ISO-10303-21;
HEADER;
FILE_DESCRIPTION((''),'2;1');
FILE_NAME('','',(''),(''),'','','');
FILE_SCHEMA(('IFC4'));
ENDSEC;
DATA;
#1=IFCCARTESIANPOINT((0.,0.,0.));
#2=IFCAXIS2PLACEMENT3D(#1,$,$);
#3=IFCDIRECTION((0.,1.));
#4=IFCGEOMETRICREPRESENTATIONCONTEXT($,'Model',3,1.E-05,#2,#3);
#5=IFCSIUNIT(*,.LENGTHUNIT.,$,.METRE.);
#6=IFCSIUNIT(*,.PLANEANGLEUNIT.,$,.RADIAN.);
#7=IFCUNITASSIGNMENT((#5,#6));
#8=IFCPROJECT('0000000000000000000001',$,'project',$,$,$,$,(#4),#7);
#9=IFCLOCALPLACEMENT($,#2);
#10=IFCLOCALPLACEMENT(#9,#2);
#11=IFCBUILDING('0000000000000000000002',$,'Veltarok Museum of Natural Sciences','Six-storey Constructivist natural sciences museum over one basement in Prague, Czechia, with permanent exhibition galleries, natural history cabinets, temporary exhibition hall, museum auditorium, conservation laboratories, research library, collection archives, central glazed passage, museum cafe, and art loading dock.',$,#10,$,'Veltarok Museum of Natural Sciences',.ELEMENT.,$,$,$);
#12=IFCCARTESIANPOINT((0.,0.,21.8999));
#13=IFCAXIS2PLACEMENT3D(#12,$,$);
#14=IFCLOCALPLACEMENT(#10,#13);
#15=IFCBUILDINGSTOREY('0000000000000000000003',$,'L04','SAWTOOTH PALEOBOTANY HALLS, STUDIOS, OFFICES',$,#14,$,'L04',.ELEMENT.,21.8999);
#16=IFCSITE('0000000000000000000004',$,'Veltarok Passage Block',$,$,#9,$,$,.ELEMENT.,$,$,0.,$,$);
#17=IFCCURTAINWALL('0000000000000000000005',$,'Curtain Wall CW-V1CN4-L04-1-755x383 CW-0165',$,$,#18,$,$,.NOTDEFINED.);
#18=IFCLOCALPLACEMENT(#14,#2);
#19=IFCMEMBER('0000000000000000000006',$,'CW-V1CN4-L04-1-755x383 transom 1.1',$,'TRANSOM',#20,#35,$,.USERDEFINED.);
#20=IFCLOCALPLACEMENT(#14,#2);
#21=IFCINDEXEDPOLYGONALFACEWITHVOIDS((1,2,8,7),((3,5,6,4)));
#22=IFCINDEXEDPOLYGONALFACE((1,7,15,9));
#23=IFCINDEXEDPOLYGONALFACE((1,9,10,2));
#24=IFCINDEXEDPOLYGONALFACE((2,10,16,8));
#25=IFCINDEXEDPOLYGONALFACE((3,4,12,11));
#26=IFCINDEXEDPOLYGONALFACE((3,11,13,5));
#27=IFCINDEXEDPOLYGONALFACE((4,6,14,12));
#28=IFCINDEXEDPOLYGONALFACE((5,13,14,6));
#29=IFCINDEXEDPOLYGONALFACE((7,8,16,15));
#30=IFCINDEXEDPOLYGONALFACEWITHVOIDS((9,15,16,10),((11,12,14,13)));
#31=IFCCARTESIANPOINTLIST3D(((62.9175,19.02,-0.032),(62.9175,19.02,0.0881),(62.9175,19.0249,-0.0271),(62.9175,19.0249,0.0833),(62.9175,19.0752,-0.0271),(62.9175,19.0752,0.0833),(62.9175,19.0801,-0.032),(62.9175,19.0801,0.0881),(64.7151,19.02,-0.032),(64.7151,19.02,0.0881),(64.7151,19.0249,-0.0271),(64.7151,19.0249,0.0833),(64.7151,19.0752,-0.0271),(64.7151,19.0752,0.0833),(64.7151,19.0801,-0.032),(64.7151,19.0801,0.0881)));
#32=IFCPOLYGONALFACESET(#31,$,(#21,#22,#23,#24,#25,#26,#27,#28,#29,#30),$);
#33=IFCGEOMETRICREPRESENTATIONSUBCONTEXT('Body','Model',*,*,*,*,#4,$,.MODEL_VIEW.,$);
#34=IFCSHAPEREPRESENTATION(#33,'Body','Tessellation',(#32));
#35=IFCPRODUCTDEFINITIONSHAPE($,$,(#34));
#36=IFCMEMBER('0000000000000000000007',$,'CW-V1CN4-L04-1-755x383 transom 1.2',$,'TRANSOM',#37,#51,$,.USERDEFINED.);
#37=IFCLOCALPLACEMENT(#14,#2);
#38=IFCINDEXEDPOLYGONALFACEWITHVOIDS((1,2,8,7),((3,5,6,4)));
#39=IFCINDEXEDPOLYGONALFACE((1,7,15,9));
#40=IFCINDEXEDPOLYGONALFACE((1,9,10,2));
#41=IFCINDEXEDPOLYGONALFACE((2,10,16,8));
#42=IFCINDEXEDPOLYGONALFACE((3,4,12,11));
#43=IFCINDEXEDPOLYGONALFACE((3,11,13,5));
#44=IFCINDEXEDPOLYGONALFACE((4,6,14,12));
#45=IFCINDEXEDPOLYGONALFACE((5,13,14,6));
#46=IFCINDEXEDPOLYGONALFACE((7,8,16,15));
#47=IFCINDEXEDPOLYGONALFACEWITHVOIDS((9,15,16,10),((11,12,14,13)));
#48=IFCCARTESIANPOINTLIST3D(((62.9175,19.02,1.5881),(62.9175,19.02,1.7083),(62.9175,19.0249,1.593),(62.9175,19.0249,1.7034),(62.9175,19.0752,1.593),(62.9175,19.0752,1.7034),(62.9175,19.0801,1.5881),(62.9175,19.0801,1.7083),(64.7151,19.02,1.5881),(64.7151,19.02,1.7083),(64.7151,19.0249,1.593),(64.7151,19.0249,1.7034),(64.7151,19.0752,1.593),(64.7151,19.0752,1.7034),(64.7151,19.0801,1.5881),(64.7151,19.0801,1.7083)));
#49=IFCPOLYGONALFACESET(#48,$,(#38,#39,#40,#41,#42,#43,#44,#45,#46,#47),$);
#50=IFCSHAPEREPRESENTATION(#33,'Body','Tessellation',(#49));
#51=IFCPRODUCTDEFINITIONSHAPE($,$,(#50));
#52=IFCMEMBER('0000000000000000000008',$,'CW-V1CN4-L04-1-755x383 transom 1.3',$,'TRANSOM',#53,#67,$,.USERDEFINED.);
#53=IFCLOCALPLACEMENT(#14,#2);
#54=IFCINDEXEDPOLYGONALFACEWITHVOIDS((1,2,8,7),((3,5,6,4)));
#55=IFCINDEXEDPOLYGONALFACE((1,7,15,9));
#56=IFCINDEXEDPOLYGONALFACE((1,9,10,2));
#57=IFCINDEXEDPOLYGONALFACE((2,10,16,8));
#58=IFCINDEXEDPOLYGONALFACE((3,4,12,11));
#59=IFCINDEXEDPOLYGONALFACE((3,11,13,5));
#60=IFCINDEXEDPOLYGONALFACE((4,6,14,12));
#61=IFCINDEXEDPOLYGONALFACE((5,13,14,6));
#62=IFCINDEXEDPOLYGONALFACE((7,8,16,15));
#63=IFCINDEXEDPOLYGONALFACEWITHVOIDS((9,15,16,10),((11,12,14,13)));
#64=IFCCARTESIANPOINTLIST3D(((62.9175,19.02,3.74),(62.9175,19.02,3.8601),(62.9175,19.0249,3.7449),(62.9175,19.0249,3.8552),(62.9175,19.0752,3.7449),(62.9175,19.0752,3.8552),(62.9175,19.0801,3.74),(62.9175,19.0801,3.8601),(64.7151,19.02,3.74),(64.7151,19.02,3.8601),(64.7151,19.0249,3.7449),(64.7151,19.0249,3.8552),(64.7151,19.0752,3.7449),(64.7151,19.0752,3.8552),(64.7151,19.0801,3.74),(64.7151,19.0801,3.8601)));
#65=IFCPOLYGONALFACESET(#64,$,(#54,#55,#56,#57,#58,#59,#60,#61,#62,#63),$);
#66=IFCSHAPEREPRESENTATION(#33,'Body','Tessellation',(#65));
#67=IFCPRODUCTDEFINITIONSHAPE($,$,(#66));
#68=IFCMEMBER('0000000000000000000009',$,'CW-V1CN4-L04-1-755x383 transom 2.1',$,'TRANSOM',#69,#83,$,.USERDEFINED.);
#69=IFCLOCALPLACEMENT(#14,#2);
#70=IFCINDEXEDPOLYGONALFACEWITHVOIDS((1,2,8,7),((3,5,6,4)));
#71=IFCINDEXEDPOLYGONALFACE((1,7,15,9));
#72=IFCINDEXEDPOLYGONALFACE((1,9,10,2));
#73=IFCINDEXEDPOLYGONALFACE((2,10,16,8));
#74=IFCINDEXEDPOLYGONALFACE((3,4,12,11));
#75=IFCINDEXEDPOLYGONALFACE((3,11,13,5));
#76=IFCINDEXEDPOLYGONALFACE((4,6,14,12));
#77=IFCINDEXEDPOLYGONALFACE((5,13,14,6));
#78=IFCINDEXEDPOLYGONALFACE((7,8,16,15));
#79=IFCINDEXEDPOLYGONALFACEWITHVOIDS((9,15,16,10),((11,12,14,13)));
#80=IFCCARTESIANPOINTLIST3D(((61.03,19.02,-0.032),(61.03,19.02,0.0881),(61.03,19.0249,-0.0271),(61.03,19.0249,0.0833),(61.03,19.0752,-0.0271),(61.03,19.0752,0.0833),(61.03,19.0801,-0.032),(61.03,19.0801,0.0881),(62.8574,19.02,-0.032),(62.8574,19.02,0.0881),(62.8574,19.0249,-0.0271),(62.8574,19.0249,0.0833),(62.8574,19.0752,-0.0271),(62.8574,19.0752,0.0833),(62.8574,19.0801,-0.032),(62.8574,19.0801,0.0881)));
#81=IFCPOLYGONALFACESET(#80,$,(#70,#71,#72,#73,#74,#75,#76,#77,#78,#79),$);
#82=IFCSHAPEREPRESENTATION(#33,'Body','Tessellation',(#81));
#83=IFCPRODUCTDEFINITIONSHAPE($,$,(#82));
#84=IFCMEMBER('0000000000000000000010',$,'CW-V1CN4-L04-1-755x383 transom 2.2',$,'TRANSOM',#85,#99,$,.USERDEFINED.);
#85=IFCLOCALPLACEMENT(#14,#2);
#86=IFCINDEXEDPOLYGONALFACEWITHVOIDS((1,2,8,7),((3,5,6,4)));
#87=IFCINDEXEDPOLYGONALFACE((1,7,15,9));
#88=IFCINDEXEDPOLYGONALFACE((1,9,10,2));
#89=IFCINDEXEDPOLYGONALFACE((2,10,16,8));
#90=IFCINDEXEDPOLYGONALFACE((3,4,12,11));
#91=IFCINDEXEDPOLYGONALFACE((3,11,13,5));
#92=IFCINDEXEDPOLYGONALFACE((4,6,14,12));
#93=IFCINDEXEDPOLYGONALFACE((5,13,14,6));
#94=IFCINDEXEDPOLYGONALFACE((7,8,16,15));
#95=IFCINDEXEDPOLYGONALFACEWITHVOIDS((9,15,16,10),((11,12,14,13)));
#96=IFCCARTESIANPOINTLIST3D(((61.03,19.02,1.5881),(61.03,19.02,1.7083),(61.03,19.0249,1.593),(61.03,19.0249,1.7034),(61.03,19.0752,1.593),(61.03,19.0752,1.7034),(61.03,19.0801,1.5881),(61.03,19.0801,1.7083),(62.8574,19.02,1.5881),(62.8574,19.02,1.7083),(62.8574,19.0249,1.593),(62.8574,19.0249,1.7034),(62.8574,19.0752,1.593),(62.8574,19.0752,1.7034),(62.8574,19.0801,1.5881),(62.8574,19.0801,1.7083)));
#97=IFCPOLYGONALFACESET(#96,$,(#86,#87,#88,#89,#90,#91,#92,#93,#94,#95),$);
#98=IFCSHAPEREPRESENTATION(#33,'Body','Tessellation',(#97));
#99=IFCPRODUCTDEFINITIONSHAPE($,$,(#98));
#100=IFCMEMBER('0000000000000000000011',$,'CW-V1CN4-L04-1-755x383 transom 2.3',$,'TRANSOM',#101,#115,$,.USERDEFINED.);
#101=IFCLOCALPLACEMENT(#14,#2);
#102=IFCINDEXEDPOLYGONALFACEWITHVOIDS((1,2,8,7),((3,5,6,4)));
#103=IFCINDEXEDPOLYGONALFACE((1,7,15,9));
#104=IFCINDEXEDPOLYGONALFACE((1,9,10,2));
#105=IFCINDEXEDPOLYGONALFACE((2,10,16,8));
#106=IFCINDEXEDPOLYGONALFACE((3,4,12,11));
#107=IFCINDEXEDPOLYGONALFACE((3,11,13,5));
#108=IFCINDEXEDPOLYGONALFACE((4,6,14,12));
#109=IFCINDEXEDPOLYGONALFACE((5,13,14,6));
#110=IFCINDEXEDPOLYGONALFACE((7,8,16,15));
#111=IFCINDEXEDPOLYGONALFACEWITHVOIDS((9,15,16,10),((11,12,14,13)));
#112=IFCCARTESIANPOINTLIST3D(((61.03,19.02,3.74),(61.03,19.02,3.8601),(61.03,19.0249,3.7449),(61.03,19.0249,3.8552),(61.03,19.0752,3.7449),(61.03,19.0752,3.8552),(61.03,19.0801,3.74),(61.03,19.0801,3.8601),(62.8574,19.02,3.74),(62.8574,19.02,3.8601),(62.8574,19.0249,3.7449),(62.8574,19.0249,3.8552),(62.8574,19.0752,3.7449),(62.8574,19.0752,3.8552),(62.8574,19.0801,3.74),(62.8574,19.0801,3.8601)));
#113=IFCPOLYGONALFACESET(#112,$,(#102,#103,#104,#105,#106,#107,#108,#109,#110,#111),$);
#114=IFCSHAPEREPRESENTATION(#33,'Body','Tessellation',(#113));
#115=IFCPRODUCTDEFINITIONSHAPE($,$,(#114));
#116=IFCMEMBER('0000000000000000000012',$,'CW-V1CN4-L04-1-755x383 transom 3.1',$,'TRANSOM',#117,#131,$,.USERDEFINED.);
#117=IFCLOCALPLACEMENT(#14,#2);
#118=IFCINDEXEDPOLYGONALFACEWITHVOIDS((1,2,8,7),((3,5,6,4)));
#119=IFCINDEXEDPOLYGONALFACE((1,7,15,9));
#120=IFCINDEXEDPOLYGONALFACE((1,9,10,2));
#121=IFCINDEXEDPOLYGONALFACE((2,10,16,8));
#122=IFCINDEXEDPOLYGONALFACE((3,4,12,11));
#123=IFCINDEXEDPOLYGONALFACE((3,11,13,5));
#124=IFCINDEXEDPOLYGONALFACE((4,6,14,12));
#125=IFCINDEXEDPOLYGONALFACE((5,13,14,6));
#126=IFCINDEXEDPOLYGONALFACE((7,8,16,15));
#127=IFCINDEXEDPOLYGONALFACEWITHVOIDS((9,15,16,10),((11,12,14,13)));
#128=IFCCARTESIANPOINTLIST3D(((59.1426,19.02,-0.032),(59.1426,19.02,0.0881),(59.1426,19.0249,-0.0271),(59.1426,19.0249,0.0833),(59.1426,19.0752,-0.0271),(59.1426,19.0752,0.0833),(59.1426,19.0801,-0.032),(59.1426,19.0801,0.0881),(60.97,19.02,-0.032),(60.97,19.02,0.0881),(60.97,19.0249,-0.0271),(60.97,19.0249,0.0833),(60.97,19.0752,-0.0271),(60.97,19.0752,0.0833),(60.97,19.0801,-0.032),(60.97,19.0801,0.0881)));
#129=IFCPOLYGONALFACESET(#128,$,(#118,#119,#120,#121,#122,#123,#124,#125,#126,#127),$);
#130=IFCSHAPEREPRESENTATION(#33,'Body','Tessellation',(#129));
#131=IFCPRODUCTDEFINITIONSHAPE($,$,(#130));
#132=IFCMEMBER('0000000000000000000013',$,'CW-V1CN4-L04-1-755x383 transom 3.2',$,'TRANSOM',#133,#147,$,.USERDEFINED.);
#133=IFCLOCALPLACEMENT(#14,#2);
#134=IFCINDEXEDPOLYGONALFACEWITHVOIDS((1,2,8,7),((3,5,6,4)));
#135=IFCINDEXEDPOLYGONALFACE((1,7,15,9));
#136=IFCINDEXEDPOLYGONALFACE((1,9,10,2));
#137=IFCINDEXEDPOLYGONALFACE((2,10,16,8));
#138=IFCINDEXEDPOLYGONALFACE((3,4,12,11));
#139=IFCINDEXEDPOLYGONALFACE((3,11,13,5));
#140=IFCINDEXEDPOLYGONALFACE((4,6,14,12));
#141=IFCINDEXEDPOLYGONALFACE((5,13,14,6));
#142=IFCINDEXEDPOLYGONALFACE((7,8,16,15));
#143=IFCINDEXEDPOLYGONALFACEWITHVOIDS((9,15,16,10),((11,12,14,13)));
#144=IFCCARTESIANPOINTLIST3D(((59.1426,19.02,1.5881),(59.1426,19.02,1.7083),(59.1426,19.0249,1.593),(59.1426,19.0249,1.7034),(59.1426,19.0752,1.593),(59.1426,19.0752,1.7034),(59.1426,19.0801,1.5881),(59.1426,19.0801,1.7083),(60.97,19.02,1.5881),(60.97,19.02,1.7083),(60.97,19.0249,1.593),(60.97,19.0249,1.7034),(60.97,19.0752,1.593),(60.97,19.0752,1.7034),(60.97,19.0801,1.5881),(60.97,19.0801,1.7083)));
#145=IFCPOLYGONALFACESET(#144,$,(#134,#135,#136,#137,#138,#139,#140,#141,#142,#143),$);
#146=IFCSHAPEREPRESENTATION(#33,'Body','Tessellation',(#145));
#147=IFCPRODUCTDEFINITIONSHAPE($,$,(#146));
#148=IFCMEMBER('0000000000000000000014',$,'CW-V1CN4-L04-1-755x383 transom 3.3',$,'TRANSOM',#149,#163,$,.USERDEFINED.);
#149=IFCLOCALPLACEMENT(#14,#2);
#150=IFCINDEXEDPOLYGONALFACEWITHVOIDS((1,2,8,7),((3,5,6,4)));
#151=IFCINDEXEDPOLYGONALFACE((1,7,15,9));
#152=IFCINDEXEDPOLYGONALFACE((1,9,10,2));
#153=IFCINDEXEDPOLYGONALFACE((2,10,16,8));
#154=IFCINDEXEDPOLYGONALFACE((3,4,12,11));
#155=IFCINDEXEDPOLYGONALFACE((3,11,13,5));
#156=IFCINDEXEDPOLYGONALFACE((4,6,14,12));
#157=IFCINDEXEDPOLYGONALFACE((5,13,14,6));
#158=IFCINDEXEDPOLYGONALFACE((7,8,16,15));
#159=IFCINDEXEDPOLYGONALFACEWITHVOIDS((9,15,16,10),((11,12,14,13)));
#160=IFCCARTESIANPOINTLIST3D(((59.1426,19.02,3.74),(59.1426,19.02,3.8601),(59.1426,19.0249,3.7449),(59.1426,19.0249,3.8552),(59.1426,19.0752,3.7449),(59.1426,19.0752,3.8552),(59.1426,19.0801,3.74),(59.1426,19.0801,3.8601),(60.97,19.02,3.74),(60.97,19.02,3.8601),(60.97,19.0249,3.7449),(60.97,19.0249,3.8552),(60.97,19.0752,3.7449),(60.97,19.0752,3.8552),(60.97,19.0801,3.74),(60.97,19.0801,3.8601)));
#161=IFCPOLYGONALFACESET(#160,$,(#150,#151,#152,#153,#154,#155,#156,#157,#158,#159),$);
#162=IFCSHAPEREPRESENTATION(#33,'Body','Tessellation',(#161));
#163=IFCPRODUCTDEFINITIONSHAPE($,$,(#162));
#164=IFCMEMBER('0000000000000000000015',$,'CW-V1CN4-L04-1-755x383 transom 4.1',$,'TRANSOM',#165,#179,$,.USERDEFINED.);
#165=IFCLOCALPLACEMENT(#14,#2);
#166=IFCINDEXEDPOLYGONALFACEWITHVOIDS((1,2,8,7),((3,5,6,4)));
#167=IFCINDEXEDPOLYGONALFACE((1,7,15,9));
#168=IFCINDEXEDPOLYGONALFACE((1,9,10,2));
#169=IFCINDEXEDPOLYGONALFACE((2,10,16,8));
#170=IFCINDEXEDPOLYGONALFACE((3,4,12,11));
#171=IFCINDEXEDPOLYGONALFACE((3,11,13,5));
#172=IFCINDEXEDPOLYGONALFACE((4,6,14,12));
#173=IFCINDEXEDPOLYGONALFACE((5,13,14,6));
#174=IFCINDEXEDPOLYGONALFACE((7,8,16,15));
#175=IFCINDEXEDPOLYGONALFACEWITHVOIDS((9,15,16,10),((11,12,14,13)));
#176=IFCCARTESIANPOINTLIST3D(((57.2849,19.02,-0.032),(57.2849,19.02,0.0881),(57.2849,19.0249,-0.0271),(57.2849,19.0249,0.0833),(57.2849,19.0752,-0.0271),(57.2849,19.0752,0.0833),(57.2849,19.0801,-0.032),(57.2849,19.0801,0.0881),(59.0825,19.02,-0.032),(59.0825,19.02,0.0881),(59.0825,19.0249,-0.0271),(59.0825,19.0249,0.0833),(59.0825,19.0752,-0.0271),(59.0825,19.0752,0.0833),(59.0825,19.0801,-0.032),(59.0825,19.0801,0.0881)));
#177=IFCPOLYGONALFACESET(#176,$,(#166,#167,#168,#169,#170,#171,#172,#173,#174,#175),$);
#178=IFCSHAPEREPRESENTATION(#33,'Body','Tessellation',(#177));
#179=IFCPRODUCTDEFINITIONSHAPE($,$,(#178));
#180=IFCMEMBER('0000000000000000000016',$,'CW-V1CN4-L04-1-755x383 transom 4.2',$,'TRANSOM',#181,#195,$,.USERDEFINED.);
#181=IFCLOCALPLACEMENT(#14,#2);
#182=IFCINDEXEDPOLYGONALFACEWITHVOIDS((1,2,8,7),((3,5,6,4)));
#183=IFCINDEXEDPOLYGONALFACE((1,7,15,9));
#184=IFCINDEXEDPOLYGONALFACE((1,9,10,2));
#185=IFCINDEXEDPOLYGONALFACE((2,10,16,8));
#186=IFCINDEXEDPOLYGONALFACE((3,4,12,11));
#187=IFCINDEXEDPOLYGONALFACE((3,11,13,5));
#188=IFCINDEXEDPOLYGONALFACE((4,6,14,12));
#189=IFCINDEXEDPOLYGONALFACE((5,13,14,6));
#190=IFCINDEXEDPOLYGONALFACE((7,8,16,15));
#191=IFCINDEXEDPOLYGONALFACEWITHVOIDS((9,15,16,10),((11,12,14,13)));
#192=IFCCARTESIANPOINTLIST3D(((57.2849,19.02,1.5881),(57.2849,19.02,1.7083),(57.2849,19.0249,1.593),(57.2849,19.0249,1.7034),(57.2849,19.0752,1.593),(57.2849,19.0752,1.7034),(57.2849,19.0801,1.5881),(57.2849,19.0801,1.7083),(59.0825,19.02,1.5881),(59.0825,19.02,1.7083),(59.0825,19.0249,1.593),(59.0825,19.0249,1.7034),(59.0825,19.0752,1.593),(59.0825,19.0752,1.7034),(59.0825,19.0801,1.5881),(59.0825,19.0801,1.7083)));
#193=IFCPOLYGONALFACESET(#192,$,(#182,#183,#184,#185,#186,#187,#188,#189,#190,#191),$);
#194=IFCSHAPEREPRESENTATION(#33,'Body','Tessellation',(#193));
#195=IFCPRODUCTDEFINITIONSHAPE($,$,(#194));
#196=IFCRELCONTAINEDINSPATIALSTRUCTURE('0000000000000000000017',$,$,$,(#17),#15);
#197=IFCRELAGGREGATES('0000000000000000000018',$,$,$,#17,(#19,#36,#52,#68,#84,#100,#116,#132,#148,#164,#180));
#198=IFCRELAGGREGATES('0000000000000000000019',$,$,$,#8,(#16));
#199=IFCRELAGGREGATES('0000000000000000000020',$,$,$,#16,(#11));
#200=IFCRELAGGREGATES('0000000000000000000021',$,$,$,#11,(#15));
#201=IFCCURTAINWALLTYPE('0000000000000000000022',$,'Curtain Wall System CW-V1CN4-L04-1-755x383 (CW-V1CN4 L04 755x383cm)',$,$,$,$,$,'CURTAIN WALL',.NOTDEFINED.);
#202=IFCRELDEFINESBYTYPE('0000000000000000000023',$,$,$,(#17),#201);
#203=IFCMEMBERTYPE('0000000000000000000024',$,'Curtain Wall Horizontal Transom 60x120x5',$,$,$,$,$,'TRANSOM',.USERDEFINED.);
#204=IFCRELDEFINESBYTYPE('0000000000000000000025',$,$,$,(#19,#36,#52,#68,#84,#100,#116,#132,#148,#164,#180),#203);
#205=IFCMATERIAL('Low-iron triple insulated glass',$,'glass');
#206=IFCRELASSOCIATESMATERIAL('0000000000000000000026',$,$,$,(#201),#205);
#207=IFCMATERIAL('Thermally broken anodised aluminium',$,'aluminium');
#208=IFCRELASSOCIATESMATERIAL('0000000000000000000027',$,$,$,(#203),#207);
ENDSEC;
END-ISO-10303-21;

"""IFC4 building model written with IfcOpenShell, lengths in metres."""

from ifc_helpers import new_model, si_unit, direction, frame, origin, origin_2d, place, context, subcontext, project, spatial, hollow_rectangle, extrude, material, material_profile, profile_set, type_object, element, aggregate, save


model = new_model("IFC4")

# Units and contexts
model_context = context("Model", 3, precision=1e-05, world=origin(), true_north=direction((0.0, 1.0)))
body_context = subcontext(model_context, "Body", "Model", "MODEL_VIEW")
ifc_project = project(units=[si_unit("LENGTHUNIT", "METRE"), si_unit("PLANEANGLEUNIT", "RADIAN")], contexts=[model_context])

# Site, building, storey
site_placement = place(None, origin())
site = spatial("IfcSite", under=ifc_project, at=site_placement, Name="Veltarok Passage Block", CompositionType="ELEMENT", RefElevation=0.0)
building_placement = place(site_placement, origin())
building = spatial("IfcBuilding", under=site, at=building_placement, Name="Veltarok Museum of Natural Sciences", Description="Six-storey Constructivist natural sciences museum over one basement in Prague, Czechia, with permanent exhibition galleries, natural history cabinets, temporary exhibition hall, museum auditorium, conservation laboratories, research library, collection archives, central glazed passage, museum cafe, and art loading dock.", LongName="Veltarok Museum of Natural Sciences", CompositionType="ELEMENT")
storey_placement = place(building_placement, frame((0.0, 0.0, 21.8999)))
storey = spatial("IfcBuildingStorey", under=building, at=storey_placement, Name="L04", Description="SAWTOOTH PALEOBOTANY HALLS, STUDIOS, OFFICES", LongName="L04", CompositionType="ELEMENT", Elevation=21.8999)

# Curtain wall, members
ifc_material_1 = material(Name="Low-iron triple insulated glass", Category="glass")
curtain_wall_type = type_object("IfcCurtainWallType", Name="Curtain Wall System CW-V1CN4-L04-1-755x383 (CW-V1CN4 L04 755x383cm)", ElementType="CURTAIN WALL", PredefinedType="NOTDEFINED", material=ifc_material_1)
curtain_wall_placement = place(storey_placement, origin())
curtain_wall = element("IfcCurtainWall", 1, at=curtain_wall_placement, inside=storey, type_object=curtain_wall_type, Name="Curtain Wall CW-V1CN4-L04-1-755x383 CW-0165", PredefinedType="NOTDEFINED")
ifc_material_2 = material(Name="Thermally broken anodised aluminium", Category="aluminium")
ifc_material_profile_1 = material_profile(ifc_material_2, hollow_rectangle(XDim=0.0601, YDim=0.1201, WallThickness=0.0049, at=origin_2d()), Name="CW TRANSOM 60x120x5")
ifc_profile_set_1 = profile_set([ifc_material_profile_1], Name="Thermally broken anodised aluminium")
member_type_1 = type_object("IfcMemberType", Name="Curtain Wall Horizontal Transom 60x120x5", ElementType="TRANSOM", PredefinedType="USERDEFINED", material=ifc_profile_set_1)
member_1_placement = place(storey_placement, frame((64.7151, 19.05, 0.0281), z_axis=(-1.0, 0.0, 0.0), x_axis=(0.0, -1.0, 0.0)))
member_1 = element("IfcMember", 2, at=member_1_placement, type_object=member_type_1, Name="CW-V1CN4-L04-1-755x383 transom 1.1", ObjectType="TRANSOM", PredefinedType="USERDEFINED", context=body_context, shape_type="SweptSolid", body=[
    extrude(hollow_rectangle(XDim=0.0601, YDim=0.1201, WallThickness=0.0049, at=origin_2d()), origin(), (0.0, 0.0, 1.0), 1.7976),
])
member_2_placement = place(storey_placement, frame((64.7151, 19.05, 1.6482), z_axis=(-1.0, 0.0, 0.0), x_axis=(0.0, -1.0, 0.0)))
member_2 = element("IfcMember", 3, at=member_2_placement, type_object=member_type_1, Name="CW-V1CN4-L04-1-755x383 transom 1.2", ObjectType="TRANSOM", PredefinedType="USERDEFINED", context=body_context, shape_type="SweptSolid", body=[
    extrude(hollow_rectangle(XDim=0.0601, YDim=0.1201, WallThickness=0.0049, at=origin_2d()), origin(), (0.0, 0.0, 1.0), 1.7976),
])
member_3_placement = place(storey_placement, frame((64.7151, 19.05, 3.8), z_axis=(-1.0, 0.0, 0.0), x_axis=(0.0, -1.0, 0.0)))
member_3 = element("IfcMember", 4, at=member_3_placement, type_object=member_type_1, Name="CW-V1CN4-L04-1-755x383 transom 1.3", ObjectType="TRANSOM", PredefinedType="USERDEFINED", context=body_context, shape_type="SweptSolid", body=[
    extrude(hollow_rectangle(XDim=0.0601, YDim=0.1201, WallThickness=0.0049, at=origin_2d()), origin(), (0.0, 0.0, 1.0), 1.7976),
])
member_4_placement = place(storey_placement, frame((62.8574, 19.05, 0.0281), z_axis=(-1.0, 0.0, 0.0), x_axis=(0.0, -1.0, 0.0)))
member_4 = element("IfcMember", 5, at=member_4_placement, type_object=member_type_1, Name="CW-V1CN4-L04-1-755x383 transom 2.1", ObjectType="TRANSOM", PredefinedType="USERDEFINED", context=body_context, shape_type="SweptSolid", body=[
    extrude(hollow_rectangle(XDim=0.0601, YDim=0.1201, WallThickness=0.0049, at=origin_2d()), origin(), (0.0, 0.0, 1.0), 1.8274),
])
member_5_placement = place(storey_placement, frame((62.8574, 19.05, 1.6482), z_axis=(-1.0, 0.0, 0.0), x_axis=(0.0, -1.0, 0.0)))
member_5 = element("IfcMember", 6, at=member_5_placement, type_object=member_type_1, Name="CW-V1CN4-L04-1-755x383 transom 2.2", ObjectType="TRANSOM", PredefinedType="USERDEFINED", context=body_context, shape_type="SweptSolid", body=[
    extrude(hollow_rectangle(XDim=0.0601, YDim=0.1201, WallThickness=0.0049, at=origin_2d()), origin(), (0.0, 0.0, 1.0), 1.8274),
])
member_6_placement = place(storey_placement, frame((62.8574, 19.05, 3.8), z_axis=(-1.0, 0.0, 0.0), x_axis=(0.0, -1.0, 0.0)))
member_6 = element("IfcMember", 7, at=member_6_placement, type_object=member_type_1, Name="CW-V1CN4-L04-1-755x383 transom 2.3", ObjectType="TRANSOM", PredefinedType="USERDEFINED", context=body_context, shape_type="SweptSolid", body=[
    extrude(hollow_rectangle(XDim=0.0601, YDim=0.1201, WallThickness=0.0049, at=origin_2d()), origin(), (0.0, 0.0, 1.0), 1.8274),
])
member_7_placement = place(storey_placement, frame((60.97, 19.05, 0.0281), z_axis=(-1.0, 0.0, 0.0), x_axis=(0.0, -1.0, 0.0)))
member_7 = element("IfcMember", 8, at=member_7_placement, type_object=member_type_1, Name="CW-V1CN4-L04-1-755x383 transom 3.1", ObjectType="TRANSOM", PredefinedType="USERDEFINED", context=body_context, shape_type="SweptSolid", body=[
    extrude(hollow_rectangle(XDim=0.0601, YDim=0.1201, WallThickness=0.0049, at=origin_2d()), origin(), (0.0, 0.0, 1.0), 1.8274),
])
member_8_placement = place(storey_placement, frame((60.97, 19.05, 1.6482), z_axis=(-1.0, 0.0, 0.0), x_axis=(0.0, -1.0, 0.0)))
member_8 = element("IfcMember", 9, at=member_8_placement, type_object=member_type_1, Name="CW-V1CN4-L04-1-755x383 transom 3.2", ObjectType="TRANSOM", PredefinedType="USERDEFINED", context=body_context, shape_type="SweptSolid", body=[
    extrude(hollow_rectangle(XDim=0.0601, YDim=0.1201, WallThickness=0.0049, at=origin_2d()), origin(), (0.0, 0.0, 1.0), 1.8274),
])
member_9_placement = place(storey_placement, frame((60.97, 19.05, 3.8), z_axis=(-1.0, 0.0, 0.0), x_axis=(0.0, -1.0, 0.0)))
member_9 = element("IfcMember", 10, at=member_9_placement, type_object=member_type_1, Name="CW-V1CN4-L04-1-755x383 transom 3.3", ObjectType="TRANSOM", PredefinedType="USERDEFINED", context=body_context, shape_type="SweptSolid", body=[
    extrude(hollow_rectangle(XDim=0.0601, YDim=0.1201, WallThickness=0.0049, at=origin_2d()), origin(), (0.0, 0.0, 1.0), 1.8274),
])
member_10_placement = place(storey_placement, frame((59.0825, 19.05, 0.0281), z_axis=(-1.0, 0.0, 0.0), x_axis=(0.0, -1.0, 0.0)))
member_10 = element("IfcMember", 11, at=member_10_placement, type_object=member_type_1, Name="CW-V1CN4-L04-1-755x383 transom 4.1", ObjectType="TRANSOM", PredefinedType="USERDEFINED", context=body_context, shape_type="SweptSolid", body=[
    extrude(hollow_rectangle(XDim=0.0601, YDim=0.1201, WallThickness=0.0049, at=origin_2d()), origin(), (0.0, 0.0, 1.0), 1.7976),
])
member_11_placement = place(storey_placement, frame((59.0825, 19.05, 1.6482), z_axis=(-1.0, 0.0, 0.0), x_axis=(0.0, -1.0, 0.0)))
member_11 = element("IfcMember", 12, at=member_11_placement, type_object=member_type_1, Name="CW-V1CN4-L04-1-755x383 transom 4.2", ObjectType="TRANSOM", PredefinedType="USERDEFINED", context=body_context, shape_type="SweptSolid", body=[
    extrude(hollow_rectangle(XDim=0.0601, YDim=0.1201, WallThickness=0.0049, at=origin_2d()), origin(), (0.0, 0.0, 1.0), 1.7976),
])

aggregate(curtain_wall, [member_1, member_2, member_3, member_4, member_5, member_6, member_7, member_8, member_9, member_10, member_11])

save(model, "model.ifc")
